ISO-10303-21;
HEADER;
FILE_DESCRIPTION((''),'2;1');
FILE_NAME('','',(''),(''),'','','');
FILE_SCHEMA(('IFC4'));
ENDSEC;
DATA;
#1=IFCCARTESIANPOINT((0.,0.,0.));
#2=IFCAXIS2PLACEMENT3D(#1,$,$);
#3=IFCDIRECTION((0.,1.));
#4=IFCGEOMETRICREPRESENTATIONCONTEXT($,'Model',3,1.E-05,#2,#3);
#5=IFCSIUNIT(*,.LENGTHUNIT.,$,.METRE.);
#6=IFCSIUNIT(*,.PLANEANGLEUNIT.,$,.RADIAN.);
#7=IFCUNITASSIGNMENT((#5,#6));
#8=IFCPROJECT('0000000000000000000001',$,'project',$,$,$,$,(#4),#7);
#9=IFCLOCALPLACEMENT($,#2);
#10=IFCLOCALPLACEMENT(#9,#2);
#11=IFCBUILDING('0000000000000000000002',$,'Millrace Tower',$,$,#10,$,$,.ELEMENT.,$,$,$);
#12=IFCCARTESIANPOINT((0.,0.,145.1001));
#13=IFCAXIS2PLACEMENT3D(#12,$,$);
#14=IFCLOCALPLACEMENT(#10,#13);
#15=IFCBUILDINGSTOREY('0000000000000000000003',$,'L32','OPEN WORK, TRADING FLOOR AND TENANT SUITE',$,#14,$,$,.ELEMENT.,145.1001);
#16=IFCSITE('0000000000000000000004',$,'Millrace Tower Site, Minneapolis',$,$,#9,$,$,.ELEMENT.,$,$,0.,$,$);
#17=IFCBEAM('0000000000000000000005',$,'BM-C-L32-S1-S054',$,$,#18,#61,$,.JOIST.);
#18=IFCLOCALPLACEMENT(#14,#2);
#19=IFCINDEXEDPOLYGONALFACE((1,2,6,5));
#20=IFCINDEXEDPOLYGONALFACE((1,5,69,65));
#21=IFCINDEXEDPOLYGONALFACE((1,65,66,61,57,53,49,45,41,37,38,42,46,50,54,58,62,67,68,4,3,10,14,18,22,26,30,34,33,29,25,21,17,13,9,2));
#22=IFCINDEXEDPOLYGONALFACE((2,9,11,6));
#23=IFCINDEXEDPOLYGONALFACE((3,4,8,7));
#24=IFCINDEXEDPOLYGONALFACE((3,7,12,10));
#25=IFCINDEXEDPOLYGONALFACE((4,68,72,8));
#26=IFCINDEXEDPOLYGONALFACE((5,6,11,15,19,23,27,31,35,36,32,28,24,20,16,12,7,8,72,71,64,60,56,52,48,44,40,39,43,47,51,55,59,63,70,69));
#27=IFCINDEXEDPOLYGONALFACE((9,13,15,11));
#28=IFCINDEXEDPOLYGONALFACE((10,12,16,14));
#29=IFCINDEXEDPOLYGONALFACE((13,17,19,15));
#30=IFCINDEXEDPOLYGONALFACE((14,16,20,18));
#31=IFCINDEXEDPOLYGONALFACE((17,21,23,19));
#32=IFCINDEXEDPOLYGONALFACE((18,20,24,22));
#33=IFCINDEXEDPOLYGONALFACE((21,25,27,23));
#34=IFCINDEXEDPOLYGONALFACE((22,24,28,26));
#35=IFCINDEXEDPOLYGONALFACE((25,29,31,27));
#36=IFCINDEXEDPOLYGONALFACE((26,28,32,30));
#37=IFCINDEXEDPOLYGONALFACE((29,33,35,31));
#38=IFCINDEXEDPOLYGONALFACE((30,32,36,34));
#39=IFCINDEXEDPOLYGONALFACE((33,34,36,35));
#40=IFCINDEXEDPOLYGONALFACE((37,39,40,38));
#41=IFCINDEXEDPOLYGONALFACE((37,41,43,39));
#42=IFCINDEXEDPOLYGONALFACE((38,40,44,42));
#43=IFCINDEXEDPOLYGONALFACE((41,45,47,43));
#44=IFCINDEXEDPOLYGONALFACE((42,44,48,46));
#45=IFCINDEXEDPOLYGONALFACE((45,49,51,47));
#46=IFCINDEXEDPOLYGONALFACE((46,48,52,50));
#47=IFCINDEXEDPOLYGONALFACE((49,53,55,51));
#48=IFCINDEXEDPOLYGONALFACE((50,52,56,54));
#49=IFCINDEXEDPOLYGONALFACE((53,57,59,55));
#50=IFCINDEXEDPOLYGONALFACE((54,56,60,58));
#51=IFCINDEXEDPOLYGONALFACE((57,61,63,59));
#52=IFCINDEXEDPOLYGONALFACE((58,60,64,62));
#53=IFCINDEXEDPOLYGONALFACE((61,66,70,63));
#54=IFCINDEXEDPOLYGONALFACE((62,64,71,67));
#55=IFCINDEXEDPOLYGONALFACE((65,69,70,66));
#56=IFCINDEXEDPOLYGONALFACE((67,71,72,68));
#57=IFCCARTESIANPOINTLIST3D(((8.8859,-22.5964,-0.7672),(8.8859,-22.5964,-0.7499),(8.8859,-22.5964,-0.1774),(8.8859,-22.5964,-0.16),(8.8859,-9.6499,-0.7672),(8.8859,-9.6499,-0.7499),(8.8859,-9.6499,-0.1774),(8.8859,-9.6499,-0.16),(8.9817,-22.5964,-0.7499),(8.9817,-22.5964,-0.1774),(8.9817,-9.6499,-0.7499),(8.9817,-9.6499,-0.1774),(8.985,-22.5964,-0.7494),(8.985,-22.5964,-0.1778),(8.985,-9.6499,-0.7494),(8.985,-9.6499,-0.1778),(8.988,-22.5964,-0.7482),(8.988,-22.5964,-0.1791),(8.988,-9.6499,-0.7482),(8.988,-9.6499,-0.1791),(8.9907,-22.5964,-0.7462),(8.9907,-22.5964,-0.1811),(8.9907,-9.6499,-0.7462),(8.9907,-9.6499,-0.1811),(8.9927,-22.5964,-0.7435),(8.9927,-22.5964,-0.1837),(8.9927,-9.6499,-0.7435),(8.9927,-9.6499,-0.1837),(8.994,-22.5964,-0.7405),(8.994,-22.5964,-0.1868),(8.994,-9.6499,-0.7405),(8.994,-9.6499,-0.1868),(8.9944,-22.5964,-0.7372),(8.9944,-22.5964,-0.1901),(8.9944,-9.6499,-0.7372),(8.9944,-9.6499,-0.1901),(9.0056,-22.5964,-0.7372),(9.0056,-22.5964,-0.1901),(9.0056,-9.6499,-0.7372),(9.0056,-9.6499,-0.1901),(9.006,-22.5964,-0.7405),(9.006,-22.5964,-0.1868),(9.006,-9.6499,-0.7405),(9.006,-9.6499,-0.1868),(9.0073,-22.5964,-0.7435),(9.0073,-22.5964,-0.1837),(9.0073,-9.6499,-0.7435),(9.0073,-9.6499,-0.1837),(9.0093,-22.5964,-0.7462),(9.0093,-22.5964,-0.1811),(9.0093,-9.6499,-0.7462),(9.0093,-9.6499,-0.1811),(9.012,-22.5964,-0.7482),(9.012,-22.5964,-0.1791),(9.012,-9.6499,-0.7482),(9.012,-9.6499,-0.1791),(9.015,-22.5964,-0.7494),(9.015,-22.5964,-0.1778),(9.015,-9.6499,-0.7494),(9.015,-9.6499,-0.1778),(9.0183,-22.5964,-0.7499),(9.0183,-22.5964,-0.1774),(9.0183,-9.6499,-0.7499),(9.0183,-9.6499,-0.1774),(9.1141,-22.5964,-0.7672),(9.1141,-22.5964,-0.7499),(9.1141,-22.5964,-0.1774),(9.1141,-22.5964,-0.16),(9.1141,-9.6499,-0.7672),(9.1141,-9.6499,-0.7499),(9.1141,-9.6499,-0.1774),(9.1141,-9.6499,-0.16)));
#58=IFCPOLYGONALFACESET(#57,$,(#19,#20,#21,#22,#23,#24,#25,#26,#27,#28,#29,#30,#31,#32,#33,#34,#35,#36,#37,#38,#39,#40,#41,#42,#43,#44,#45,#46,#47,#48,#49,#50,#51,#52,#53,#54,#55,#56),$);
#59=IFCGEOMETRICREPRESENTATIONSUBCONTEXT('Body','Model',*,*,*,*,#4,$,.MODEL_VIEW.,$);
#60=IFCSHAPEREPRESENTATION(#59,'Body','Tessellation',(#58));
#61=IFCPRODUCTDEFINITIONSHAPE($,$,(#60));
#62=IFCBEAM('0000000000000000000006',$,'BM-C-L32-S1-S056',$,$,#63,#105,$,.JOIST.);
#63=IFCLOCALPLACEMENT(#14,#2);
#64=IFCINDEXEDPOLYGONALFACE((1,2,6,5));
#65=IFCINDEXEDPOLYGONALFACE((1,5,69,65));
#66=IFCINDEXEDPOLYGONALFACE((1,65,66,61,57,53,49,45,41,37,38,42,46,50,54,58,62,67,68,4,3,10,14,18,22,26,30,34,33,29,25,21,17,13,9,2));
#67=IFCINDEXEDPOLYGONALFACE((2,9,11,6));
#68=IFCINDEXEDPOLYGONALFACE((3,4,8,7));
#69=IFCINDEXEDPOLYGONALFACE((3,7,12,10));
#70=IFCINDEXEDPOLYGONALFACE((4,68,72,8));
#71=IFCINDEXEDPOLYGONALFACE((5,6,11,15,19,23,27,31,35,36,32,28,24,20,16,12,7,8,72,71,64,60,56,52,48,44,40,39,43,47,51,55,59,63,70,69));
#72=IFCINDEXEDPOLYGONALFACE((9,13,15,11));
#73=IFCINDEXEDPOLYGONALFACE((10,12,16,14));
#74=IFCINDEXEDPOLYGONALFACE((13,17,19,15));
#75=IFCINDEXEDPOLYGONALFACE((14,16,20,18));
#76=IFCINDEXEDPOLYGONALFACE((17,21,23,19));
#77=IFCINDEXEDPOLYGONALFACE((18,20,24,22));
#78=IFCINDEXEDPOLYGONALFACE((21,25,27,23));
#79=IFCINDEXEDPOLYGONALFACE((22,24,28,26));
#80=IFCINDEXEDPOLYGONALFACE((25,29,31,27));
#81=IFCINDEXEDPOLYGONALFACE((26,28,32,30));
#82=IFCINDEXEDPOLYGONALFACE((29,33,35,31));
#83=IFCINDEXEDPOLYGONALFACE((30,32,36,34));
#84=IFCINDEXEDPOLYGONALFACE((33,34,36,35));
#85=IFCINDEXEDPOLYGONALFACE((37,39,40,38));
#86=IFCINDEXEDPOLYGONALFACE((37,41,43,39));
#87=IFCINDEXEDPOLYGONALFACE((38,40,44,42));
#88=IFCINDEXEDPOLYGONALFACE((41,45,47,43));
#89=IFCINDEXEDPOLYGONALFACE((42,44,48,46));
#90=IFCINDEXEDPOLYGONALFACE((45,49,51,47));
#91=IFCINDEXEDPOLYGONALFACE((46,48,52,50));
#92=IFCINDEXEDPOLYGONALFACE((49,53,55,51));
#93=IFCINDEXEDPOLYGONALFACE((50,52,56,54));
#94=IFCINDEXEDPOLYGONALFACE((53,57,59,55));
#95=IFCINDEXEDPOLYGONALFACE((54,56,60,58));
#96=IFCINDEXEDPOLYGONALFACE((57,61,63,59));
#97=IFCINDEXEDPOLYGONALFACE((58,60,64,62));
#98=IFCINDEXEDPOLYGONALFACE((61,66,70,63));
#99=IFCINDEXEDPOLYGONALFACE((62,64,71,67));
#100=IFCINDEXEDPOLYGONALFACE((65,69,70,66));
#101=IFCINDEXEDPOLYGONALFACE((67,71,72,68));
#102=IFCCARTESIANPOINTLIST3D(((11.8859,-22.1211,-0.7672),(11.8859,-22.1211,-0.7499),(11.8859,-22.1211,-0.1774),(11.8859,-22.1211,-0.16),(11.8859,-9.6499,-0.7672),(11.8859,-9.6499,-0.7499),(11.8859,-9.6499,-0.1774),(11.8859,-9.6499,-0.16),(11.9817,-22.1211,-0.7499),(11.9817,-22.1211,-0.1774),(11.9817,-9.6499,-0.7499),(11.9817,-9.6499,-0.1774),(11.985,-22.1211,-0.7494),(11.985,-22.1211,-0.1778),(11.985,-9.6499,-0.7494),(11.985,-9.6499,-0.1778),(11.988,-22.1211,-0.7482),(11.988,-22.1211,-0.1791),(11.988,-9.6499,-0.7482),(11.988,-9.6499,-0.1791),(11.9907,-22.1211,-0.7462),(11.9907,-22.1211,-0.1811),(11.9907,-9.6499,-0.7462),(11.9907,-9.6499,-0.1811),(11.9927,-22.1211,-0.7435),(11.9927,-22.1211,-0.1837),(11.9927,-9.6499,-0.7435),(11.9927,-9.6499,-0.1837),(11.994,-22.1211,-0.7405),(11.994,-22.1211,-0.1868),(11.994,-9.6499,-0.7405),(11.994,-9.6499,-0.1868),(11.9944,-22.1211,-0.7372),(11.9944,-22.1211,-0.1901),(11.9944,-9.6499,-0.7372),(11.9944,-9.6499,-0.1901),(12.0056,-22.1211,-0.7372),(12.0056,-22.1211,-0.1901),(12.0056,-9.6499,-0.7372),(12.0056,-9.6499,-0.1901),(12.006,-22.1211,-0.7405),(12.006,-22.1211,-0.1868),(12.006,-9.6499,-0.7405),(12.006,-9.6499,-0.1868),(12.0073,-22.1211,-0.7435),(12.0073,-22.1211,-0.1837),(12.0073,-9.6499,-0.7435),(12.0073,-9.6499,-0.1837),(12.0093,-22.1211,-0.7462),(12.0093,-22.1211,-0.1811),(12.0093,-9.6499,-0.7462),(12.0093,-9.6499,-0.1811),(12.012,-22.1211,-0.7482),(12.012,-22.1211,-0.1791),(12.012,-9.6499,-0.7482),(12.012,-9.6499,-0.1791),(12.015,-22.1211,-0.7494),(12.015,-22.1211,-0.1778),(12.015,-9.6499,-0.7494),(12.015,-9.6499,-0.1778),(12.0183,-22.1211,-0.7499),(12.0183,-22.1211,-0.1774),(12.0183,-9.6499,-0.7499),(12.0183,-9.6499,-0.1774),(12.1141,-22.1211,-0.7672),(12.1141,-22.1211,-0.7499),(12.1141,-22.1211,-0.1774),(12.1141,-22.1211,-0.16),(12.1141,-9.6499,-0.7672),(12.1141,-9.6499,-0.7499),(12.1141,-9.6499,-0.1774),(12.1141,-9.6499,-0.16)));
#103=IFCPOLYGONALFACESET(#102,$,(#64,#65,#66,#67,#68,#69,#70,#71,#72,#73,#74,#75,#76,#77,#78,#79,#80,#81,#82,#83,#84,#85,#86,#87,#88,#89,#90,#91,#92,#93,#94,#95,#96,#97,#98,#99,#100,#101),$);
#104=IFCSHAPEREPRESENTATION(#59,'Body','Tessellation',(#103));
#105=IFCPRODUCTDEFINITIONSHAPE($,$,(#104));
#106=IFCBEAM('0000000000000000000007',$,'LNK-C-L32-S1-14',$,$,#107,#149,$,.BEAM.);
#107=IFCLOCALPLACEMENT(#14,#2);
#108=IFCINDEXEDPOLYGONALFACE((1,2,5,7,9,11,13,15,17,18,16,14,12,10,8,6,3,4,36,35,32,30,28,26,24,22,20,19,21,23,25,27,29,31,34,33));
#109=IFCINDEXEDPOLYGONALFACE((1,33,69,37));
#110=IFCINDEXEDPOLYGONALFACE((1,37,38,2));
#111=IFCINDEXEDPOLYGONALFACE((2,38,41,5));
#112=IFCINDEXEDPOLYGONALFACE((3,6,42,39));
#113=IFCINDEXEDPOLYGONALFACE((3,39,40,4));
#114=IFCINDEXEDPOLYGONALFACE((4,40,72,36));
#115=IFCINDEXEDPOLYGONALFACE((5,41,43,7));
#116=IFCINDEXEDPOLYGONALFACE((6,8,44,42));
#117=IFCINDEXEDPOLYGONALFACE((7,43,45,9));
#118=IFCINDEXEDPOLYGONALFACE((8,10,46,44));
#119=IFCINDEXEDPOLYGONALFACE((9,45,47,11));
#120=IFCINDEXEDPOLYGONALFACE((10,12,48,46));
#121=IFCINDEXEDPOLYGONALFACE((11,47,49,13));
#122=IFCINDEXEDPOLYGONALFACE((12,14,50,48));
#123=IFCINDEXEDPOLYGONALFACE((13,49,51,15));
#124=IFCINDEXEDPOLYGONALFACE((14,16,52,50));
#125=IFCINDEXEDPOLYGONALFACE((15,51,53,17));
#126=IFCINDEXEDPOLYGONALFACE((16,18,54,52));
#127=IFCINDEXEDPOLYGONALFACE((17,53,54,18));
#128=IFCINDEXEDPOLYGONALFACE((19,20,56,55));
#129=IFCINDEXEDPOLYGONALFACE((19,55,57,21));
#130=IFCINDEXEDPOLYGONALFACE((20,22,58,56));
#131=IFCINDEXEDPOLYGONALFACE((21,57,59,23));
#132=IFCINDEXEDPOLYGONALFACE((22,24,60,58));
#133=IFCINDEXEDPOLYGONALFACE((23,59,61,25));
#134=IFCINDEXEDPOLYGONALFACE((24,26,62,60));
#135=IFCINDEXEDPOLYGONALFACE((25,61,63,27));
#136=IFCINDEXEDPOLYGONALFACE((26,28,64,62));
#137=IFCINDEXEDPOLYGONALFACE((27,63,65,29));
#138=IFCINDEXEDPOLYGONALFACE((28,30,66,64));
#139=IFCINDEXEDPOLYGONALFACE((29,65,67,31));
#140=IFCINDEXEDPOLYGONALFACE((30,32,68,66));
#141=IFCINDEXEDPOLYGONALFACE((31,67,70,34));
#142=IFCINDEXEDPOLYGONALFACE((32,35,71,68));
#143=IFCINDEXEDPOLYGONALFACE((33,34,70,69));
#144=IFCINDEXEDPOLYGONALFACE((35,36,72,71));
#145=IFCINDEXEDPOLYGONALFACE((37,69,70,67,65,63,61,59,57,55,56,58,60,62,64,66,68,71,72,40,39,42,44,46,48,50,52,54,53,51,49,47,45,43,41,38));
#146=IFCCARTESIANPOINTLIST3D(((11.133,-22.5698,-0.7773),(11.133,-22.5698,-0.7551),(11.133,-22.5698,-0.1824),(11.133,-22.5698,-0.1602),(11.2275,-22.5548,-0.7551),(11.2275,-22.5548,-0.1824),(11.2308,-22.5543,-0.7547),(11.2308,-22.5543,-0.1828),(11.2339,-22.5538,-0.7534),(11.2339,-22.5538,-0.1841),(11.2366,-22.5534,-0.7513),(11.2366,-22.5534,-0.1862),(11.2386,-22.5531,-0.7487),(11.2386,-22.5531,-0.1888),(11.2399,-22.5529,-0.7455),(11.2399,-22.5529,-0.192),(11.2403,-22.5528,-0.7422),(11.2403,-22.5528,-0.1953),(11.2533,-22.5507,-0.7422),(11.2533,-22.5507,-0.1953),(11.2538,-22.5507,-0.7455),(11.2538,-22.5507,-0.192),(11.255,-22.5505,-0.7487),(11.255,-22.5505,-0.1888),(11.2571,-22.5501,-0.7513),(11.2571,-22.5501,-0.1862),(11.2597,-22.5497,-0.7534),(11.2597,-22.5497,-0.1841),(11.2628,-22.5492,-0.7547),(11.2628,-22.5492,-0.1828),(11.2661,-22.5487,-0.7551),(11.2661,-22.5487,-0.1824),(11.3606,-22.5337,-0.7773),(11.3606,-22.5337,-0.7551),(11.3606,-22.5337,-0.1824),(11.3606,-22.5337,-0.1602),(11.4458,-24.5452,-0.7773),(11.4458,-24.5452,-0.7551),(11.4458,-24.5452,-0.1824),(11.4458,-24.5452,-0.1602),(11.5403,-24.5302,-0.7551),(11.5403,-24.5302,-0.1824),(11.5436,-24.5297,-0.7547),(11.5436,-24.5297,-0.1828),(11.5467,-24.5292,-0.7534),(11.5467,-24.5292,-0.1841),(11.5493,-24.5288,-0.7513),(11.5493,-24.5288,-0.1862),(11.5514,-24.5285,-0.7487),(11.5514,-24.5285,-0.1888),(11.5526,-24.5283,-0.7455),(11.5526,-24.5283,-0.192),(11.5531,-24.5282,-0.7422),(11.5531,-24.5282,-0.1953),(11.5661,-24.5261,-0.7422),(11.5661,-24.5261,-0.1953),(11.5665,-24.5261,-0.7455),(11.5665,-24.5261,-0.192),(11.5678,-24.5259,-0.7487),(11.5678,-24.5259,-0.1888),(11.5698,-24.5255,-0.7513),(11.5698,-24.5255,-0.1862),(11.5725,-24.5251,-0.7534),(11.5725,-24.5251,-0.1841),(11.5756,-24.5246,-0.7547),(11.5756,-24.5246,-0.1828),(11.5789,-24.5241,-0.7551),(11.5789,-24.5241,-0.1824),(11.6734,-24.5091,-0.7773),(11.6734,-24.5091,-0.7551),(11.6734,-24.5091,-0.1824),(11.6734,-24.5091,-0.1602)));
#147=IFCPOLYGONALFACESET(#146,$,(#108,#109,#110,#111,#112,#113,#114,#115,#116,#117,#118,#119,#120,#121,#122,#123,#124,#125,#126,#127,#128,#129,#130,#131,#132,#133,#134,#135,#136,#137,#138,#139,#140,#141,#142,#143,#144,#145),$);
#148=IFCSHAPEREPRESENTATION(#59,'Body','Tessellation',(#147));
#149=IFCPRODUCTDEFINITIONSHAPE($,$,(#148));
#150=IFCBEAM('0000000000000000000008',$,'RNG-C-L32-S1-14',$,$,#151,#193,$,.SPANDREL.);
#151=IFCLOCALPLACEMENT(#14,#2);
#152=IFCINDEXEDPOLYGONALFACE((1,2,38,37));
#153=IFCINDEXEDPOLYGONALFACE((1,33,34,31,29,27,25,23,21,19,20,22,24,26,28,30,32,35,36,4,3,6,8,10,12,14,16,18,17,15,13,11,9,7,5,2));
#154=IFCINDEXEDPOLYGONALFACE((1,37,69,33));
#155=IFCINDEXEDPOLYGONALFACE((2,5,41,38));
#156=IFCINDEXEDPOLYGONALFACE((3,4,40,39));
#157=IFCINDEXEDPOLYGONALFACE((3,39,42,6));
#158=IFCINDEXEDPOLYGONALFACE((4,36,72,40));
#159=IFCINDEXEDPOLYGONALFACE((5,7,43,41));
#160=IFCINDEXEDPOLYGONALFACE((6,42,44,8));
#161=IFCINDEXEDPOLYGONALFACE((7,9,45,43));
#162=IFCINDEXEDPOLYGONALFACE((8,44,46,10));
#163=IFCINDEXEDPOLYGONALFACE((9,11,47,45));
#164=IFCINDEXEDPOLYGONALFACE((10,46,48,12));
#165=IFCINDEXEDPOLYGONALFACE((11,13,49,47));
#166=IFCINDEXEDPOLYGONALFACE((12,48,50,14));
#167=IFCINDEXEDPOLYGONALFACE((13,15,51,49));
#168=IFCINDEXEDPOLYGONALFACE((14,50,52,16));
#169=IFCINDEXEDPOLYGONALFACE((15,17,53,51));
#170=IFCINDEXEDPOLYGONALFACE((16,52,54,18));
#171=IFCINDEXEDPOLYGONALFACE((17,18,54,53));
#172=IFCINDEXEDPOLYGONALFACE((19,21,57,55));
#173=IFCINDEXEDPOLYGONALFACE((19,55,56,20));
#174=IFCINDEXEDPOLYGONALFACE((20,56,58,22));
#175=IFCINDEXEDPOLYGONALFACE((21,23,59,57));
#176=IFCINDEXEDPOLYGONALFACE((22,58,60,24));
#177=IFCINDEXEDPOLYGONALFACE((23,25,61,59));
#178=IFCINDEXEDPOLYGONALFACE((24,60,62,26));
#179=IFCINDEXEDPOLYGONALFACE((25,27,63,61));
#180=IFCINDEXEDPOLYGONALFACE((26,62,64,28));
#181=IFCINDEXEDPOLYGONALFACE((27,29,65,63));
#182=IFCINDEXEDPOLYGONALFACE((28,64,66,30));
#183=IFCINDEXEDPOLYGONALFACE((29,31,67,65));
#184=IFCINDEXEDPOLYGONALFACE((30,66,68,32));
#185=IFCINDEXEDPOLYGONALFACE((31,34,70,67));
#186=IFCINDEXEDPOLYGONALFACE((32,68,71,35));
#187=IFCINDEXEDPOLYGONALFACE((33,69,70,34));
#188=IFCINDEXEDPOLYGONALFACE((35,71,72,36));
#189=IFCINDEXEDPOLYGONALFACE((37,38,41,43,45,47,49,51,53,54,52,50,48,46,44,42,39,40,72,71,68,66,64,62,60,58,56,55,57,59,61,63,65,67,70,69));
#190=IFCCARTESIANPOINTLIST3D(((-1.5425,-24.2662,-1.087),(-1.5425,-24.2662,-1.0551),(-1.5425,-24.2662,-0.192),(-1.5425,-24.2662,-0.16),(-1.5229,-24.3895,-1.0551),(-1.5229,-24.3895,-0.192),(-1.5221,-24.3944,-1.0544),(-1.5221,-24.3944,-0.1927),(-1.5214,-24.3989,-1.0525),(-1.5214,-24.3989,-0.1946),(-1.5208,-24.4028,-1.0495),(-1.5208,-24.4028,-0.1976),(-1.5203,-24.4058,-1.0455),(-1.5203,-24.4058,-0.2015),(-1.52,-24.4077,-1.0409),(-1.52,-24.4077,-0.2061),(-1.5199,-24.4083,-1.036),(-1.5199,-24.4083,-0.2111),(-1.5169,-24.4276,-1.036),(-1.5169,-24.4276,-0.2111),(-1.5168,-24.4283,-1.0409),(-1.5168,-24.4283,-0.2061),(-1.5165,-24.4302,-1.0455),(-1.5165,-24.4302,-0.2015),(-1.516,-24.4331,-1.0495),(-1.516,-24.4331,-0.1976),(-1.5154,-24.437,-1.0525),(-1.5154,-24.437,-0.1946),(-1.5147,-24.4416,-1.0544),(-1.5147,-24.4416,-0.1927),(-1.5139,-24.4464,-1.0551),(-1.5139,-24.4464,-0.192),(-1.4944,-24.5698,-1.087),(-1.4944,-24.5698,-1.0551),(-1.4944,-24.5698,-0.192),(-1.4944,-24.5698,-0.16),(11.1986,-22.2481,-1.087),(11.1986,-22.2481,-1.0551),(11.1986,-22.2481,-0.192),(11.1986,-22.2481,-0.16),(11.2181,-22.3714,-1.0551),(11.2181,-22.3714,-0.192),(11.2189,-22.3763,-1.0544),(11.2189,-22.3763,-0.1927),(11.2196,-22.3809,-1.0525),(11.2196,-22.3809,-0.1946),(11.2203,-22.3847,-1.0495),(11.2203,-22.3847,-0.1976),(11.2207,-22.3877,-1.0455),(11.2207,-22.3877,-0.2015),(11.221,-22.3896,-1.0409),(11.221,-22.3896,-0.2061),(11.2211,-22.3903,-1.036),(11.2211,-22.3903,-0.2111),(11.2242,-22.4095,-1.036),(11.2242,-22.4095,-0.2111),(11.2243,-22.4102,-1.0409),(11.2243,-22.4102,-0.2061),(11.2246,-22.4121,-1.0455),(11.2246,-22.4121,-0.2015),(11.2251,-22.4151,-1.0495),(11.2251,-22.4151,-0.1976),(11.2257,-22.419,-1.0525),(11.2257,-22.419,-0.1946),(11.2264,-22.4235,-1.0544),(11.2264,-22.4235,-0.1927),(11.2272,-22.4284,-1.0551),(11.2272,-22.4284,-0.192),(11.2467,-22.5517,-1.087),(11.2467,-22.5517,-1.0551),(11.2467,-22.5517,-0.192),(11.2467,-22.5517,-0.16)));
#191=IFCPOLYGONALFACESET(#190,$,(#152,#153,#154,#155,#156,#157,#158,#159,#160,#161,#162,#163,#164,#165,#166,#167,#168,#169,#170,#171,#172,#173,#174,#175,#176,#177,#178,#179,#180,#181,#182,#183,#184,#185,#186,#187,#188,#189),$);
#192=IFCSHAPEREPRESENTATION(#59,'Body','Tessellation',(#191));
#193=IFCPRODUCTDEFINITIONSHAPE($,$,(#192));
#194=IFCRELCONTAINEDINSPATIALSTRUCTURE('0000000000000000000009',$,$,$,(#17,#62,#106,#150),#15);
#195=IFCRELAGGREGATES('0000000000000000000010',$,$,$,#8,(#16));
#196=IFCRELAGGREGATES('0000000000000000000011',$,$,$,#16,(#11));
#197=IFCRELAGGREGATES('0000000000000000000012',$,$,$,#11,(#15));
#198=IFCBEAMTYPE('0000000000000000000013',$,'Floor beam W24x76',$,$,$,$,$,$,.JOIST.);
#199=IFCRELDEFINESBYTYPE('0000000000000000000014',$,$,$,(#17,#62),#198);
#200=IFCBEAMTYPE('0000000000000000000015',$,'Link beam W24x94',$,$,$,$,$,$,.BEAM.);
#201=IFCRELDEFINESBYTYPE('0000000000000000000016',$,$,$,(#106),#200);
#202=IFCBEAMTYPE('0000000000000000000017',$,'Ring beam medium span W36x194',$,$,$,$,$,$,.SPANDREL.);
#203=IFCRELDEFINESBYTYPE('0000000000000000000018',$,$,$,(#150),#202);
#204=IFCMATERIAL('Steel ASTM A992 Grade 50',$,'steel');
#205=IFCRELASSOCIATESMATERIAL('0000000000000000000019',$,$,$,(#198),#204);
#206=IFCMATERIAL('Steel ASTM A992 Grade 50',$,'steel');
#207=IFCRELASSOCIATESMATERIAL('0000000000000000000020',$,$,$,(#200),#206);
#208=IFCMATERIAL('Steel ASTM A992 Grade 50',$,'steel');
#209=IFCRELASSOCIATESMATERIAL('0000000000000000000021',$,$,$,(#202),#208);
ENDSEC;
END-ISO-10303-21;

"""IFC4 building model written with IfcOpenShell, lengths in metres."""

from ifc_helpers import new_model, si_unit, direction, frame, origin, origin_2d, place, context, subcontext, project, spatial, i_section, extrude, material, material_profile, profile_set, type_object, element, save


model = new_model("IFC4")

# Units and contexts
model_context = context("Model", 3, precision=1e-05, world=origin(), true_north=direction((0.0, 1.0)))
body_context = subcontext(model_context, "Body", "Model", "MODEL_VIEW")
ifc_project = project(units=[si_unit("LENGTHUNIT", "METRE"), si_unit("PLANEANGLEUNIT", "RADIAN")], contexts=[model_context])

# Site, building, storey
site_placement = place(None, origin())
site = spatial("IfcSite", under=ifc_project, at=site_placement, Name="Millrace Tower Site, Minneapolis", CompositionType="ELEMENT", RefElevation=0.0)
building_placement = place(site_placement, origin())
building = spatial("IfcBuilding", under=site, at=building_placement, Name="Millrace Tower", CompositionType="ELEMENT")
storey_placement = place(building_placement, frame((0.0, 0.0, 145.1001)))
storey = spatial("IfcBuildingStorey", under=building, at=storey_placement, Name="L32", Description="OPEN WORK, TRADING FLOOR AND TENANT SUITE", CompositionType="ELEMENT", Elevation=145.1001)

# Beams
ifc_material_1 = material(Name="Steel ASTM A992 Grade 50", Category="steel")
ifc_material_profile_1 = material_profile(ifc_material_1, i_section(OverallWidth=0.2283, OverallDepth=0.6072, WebThickness=0.0112, FlangeThickness=0.0173, FilletRadius=0.0127, at=origin_2d()))
ifc_profile_set_1 = profile_set([ifc_material_profile_1], Name="Steel ASTM A992 Grade 50")
beam_type_1 = type_object("IfcBeamType", Name="Floor beam W24x76", PredefinedType="JOIST", material=ifc_profile_set_1)
beam_1_placement = place(storey_placement, frame((9.0, -22.5964, -0.4636), z_axis=(0.0, 1.0, 0.0), x_axis=(-1.0, 0.0, 0.0)))
element("IfcBeam", 1, at=beam_1_placement, inside=storey, type_object=beam_type_1, Name="BM-C-L32-S1-S054", PredefinedType="JOIST", context=body_context, shape_type="SweptSolid", body=[
    extrude(i_section(OverallWidth=0.2283, OverallDepth=0.6072, WebThickness=0.0112, FlangeThickness=0.0173, FilletRadius=0.0127, at=origin_2d()), origin(), (0.0, 0.0, 1.0), 12.9465),
])
beam_2_placement = place(storey_placement, frame((12.0, -22.1211, -0.4636), z_axis=(0.0, 1.0, 0.0), x_axis=(-1.0, 0.0, 0.0)))
element("IfcBeam", 2, at=beam_2_placement, inside=storey, type_object=beam_type_1, Name="BM-C-L32-S1-S056", PredefinedType="JOIST", context=body_context, shape_type="SweptSolid", body=[
    extrude(i_section(OverallWidth=0.2283, OverallDepth=0.6072, WebThickness=0.0112, FlangeThickness=0.0173, FilletRadius=0.0127, at=origin_2d()), origin(), (0.0, 0.0, 1.0), 12.4712),
])
ifc_material_2 = material(Name="Steel ASTM A992 Grade 50", Category="steel")
ifc_material_profile_2 = material_profile(ifc_material_2, i_section(OverallWidth=0.2305, OverallDepth=0.6172, WebThickness=0.0132, FlangeThickness=0.0222, FilletRadius=0.0129, at=origin_2d()))
ifc_profile_set_2 = profile_set([ifc_material_profile_2], Name="Steel ASTM A992 Grade 50")
beam_type_2 = type_object("IfcBeamType", Name="Link beam W24x94", PredefinedType="BEAM", material=ifc_profile_set_2)
beam_3_placement = place(storey_placement, frame((11.2468, -22.5518, -0.4688), z_axis=(0.156376, -0.987698, 0.0), x_axis=(0.987698, 0.156376, 0.0)))
element("IfcBeam", 3, at=beam_3_placement, inside=storey, type_object=beam_type_2, Name="LNK-C-L32-S1-14", PredefinedType="BEAM", context=body_context, shape_type="SweptSolid", body=[
    extrude(i_section(OverallWidth=0.2305, OverallDepth=0.6172, WebThickness=0.0132, FlangeThickness=0.0222, FilletRadius=0.0129, at=origin_2d()), origin(), (0.0, 0.0, 1.0), 2.0),
])
ifc_material_3 = material(Name="Steel ASTM A992 Grade 50", Category="steel")
ifc_material_profile_3 = material_profile(ifc_material_3, i_section(OverallWidth=0.3074, OverallDepth=0.927, WebThickness=0.0195, FlangeThickness=0.032, FilletRadius=0.019, at=origin_2d()))
ifc_profile_set_3 = profile_set([ifc_material_profile_3], Name="Steel ASTM A992 Grade 50")
beam_type_3 = type_object("IfcBeamType", Name="Ring beam medium span W36x194", PredefinedType="SPANDREL", material=ifc_profile_set_3)
beam_4_placement = place(storey_placement, frame((11.2227, -22.3999, -0.6235), z_axis=(-0.987687, -0.156442, 0.0), x_axis=(0.156442, -0.987687, 0.0)))
element("IfcBeam", 4, at=beam_4_placement, inside=storey, type_object=beam_type_3, Name="RNG-C-L32-S1-14", PredefinedType="SPANDREL", context=body_context, shape_type="SweptSolid", body=[
    extrude(i_section(OverallWidth=0.3074, OverallDepth=0.927, WebThickness=0.0195, FlangeThickness=0.032, FilletRadius=0.019, at=origin_2d()), origin(), (0.0, 0.0, 1.0), 12.8999),
])

save(model, "model.ifc")
